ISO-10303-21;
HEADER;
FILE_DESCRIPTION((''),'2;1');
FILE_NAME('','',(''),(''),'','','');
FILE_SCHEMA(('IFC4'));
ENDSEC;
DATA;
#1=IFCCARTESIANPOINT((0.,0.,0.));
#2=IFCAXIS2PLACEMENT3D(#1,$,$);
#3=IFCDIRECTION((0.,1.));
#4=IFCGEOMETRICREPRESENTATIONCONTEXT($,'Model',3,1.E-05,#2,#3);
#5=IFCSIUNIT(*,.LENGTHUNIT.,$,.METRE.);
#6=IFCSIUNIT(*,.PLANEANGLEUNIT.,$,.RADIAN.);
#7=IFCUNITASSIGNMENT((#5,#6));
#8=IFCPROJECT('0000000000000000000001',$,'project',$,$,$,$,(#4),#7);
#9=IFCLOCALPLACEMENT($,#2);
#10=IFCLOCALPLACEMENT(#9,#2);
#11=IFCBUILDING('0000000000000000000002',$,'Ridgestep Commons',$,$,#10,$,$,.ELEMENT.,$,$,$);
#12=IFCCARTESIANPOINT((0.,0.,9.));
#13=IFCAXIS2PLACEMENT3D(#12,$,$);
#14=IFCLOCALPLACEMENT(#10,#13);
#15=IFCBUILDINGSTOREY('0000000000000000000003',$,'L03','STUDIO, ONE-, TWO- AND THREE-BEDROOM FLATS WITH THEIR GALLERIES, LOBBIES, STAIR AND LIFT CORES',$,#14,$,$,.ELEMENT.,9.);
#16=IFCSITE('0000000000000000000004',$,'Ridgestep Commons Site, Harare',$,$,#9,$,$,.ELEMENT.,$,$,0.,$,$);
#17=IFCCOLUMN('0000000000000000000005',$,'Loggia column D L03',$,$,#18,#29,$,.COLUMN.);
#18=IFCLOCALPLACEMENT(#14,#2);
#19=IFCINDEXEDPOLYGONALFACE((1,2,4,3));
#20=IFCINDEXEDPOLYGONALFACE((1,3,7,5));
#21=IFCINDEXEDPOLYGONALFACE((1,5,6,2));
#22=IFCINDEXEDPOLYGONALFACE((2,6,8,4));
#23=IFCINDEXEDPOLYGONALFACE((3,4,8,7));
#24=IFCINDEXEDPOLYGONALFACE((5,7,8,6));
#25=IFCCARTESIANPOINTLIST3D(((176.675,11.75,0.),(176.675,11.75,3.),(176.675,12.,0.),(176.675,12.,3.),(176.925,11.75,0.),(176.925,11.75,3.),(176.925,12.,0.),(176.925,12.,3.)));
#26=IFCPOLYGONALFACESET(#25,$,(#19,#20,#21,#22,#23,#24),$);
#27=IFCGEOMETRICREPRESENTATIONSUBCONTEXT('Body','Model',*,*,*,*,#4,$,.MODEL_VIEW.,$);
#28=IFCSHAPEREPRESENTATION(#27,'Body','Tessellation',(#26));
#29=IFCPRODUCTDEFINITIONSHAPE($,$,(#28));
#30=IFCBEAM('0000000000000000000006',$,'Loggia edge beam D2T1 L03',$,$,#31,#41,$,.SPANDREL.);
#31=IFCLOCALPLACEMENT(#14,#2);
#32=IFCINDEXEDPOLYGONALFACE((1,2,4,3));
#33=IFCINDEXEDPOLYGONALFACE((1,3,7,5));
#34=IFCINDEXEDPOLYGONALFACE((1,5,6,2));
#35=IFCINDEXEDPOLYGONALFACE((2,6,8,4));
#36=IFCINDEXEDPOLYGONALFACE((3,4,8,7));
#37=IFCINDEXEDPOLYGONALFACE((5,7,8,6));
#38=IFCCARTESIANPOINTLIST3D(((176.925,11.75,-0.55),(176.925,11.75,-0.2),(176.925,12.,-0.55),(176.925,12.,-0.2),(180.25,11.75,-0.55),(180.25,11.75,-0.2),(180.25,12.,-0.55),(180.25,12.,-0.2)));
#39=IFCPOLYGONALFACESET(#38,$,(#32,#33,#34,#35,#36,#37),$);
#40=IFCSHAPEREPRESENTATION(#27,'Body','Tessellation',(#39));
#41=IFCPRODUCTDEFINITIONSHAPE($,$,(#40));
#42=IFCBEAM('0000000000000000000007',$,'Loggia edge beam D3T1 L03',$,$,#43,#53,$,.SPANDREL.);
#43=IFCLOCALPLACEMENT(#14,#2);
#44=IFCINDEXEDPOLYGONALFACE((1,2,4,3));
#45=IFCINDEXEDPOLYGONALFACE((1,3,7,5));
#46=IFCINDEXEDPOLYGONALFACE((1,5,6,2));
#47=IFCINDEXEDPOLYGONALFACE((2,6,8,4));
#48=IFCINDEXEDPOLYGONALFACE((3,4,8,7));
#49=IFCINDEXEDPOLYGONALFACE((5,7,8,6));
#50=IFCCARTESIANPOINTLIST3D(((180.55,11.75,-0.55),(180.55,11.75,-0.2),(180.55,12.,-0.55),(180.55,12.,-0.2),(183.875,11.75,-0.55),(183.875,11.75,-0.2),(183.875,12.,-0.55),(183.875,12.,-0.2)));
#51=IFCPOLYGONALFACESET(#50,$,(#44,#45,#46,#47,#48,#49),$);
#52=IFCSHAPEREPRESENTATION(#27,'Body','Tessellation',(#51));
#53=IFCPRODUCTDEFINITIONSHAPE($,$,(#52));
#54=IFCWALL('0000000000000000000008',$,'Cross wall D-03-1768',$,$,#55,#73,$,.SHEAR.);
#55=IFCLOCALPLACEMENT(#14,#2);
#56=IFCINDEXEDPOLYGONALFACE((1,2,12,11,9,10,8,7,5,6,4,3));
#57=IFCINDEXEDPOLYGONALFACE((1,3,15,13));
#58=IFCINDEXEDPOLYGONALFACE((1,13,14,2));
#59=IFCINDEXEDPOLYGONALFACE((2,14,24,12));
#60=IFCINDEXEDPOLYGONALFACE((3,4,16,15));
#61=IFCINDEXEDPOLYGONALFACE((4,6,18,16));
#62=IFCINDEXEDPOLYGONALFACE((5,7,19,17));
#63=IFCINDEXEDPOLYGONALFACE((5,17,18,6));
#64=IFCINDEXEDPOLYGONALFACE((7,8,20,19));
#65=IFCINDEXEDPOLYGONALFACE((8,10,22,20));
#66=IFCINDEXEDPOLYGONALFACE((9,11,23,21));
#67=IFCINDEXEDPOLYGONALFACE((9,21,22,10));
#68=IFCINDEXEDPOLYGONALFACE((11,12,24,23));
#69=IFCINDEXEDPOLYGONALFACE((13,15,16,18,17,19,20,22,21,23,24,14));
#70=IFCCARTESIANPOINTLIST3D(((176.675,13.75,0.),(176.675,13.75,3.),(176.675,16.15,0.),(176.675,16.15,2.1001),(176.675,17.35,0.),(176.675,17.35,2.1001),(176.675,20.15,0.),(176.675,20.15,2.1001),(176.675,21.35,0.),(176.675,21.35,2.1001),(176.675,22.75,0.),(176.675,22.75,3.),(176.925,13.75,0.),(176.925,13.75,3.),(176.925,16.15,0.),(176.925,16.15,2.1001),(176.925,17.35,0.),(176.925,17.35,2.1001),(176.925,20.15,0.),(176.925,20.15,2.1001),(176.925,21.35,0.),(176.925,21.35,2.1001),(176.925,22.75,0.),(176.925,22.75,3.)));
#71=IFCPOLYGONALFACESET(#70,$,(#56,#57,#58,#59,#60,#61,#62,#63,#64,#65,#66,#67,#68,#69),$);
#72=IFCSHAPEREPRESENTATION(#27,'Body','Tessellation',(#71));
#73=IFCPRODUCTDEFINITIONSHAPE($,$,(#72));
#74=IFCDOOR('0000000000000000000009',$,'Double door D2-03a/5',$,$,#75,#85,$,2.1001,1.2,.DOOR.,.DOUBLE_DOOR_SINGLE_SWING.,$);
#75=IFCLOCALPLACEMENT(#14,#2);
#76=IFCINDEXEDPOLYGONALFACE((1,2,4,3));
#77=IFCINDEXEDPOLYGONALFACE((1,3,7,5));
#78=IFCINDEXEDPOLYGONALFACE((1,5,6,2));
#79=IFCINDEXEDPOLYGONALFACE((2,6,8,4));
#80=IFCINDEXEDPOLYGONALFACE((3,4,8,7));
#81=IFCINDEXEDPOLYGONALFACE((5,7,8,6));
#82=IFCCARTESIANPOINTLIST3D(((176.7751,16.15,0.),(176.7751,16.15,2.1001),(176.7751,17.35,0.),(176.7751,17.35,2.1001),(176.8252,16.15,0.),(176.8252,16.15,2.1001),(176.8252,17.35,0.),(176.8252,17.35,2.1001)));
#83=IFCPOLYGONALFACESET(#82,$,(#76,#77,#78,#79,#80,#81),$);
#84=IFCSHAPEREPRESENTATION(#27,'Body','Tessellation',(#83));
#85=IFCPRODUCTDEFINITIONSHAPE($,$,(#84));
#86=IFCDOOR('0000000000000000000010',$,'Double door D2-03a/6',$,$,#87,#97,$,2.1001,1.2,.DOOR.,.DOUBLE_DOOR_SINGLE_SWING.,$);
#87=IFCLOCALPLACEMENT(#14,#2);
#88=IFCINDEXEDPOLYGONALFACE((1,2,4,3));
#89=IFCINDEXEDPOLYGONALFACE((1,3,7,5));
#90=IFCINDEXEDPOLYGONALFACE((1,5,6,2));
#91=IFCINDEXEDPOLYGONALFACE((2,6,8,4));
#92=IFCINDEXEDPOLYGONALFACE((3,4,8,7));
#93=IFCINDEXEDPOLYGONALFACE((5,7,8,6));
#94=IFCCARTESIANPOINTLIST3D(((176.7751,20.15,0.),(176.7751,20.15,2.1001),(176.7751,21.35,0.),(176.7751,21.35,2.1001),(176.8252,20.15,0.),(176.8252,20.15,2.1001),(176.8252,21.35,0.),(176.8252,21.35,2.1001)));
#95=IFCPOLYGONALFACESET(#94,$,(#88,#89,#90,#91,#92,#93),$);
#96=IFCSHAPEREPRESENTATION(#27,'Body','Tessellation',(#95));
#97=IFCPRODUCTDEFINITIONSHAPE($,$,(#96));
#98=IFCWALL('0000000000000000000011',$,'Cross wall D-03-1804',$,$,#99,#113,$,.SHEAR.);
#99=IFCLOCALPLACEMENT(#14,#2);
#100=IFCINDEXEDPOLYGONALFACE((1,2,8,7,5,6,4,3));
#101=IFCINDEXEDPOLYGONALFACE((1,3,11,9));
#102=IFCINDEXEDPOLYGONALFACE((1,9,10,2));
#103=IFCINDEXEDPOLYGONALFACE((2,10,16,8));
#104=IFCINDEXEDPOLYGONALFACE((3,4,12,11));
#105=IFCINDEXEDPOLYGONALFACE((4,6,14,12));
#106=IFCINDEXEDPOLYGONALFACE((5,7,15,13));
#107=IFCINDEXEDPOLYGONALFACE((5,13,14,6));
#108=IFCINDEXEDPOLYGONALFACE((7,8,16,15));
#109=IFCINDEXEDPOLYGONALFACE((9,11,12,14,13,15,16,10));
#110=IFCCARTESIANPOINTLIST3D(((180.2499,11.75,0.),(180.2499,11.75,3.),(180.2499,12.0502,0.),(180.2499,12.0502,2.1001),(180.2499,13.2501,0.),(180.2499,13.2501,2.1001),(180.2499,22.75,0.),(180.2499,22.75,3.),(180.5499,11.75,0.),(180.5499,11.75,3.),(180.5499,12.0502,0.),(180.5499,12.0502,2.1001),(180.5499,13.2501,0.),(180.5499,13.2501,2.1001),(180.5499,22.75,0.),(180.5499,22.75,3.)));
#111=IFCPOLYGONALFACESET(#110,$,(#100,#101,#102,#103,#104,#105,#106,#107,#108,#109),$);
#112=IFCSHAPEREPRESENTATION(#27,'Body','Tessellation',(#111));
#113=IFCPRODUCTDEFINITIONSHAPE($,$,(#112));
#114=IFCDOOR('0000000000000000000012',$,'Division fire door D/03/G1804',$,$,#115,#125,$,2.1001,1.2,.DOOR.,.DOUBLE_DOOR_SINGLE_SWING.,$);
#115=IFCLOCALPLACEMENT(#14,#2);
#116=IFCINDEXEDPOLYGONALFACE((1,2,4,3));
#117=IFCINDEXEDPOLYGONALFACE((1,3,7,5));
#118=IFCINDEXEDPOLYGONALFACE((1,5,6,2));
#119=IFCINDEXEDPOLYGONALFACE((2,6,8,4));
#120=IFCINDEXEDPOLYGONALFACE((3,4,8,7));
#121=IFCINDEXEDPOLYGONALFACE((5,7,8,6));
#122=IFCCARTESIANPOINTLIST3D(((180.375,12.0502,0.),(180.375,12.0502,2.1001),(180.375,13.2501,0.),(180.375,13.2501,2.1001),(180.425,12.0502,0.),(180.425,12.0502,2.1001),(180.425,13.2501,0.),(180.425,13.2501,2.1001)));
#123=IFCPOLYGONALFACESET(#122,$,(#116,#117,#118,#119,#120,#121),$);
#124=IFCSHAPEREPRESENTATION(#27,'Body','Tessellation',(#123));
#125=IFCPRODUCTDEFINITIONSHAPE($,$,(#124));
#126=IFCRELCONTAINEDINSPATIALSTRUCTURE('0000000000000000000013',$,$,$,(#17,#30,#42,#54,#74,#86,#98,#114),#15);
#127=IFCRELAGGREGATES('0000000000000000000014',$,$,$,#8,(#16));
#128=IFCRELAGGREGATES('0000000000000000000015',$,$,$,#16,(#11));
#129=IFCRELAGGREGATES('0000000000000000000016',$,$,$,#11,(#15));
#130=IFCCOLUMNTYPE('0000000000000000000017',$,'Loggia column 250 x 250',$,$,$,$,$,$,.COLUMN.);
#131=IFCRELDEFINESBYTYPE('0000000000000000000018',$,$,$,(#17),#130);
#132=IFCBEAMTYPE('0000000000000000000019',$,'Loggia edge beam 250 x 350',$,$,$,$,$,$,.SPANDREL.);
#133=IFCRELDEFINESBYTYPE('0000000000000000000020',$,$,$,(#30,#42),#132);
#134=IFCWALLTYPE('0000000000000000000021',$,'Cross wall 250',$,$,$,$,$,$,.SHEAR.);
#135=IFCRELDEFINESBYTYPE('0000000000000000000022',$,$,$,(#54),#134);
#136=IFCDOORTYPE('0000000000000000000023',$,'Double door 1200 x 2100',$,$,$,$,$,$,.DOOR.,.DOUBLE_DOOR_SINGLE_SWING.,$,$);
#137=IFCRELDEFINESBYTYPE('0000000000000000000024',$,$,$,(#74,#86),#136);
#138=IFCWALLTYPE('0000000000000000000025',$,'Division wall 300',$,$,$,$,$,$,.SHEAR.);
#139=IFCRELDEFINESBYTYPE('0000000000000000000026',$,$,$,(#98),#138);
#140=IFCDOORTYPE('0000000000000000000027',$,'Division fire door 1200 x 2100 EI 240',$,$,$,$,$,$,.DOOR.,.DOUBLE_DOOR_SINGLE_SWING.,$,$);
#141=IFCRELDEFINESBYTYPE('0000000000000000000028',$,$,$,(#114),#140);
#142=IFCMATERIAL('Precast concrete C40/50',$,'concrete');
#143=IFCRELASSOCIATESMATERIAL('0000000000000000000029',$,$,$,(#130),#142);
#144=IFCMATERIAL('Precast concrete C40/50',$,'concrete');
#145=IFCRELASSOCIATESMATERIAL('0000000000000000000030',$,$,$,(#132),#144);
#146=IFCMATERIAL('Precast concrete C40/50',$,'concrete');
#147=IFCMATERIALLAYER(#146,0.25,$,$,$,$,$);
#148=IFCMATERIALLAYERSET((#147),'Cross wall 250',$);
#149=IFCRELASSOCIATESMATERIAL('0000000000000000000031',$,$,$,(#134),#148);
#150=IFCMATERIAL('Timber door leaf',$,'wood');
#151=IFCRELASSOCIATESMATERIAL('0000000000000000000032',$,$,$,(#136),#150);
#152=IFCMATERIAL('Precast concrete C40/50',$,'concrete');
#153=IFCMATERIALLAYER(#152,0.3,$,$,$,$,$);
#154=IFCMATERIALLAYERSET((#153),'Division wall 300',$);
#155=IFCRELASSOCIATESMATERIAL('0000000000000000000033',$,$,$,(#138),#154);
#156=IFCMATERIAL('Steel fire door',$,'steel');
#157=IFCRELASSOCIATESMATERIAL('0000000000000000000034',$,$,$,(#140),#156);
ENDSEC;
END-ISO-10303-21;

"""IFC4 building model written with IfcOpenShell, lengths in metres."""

from ifc_helpers import new_model, si_unit, direction, frame, frame_2d, origin, origin_2d, place, context, subcontext, project, spatial, rectangle, extrude, material, layer, layer_set, material_profile, profile_set, type_object, element, fill, save


model = new_model("IFC4")

# Units and contexts
model_context = context("Model", 3, precision=1e-05, world=origin(), true_north=direction((0.0, 1.0)))
body_context = subcontext(model_context, "Body", "Model", "MODEL_VIEW")
ifc_project = project(units=[si_unit("LENGTHUNIT", "METRE"), si_unit("PLANEANGLEUNIT", "RADIAN")], contexts=[model_context])

# Site, building, storey
site_placement = place(None, origin())
site = spatial("IfcSite", under=ifc_project, at=site_placement, Name="Ridgestep Commons Site, Harare", CompositionType="ELEMENT", RefElevation=0.0)
building_placement = place(site_placement, origin())
building = spatial("IfcBuilding", under=site, at=building_placement, Name="Ridgestep Commons", CompositionType="ELEMENT")
storey_placement = place(building_placement, frame((0.0, 0.0, 9.0)))
storey = spatial("IfcBuildingStorey", under=building, at=storey_placement, Name="L03", Description="STUDIO, ONE-, TWO- AND THREE-BEDROOM FLATS WITH THEIR GALLERIES, LOBBIES, STAIR AND LIFT CORES", CompositionType="ELEMENT", Elevation=9.0)

# Column
ifc_material_1 = material(Name="Precast concrete C40/50", Category="concrete")
ifc_material_profile_1 = material_profile(ifc_material_1, rectangle(XDim=0.25, YDim=0.25, at=origin_2d()), Name="PC 250x250")
ifc_profile_set_1 = profile_set([ifc_material_profile_1], Name="Precast concrete C40/50")
column_type = type_object("IfcColumnType", Name="Loggia column 250 x 250", PredefinedType="COLUMN", material=ifc_profile_set_1)
column_placement = place(storey_placement, frame((176.8, 11.875, 0.0), z_axis=(0.0, 0.0, 1.0), x_axis=(1.0, 0.0, 0.0)))
element("IfcColumn", 1, at=column_placement, inside=storey, type_object=column_type, Name="Loggia column D L03", PredefinedType="COLUMN", context=body_context, shape_type="SweptSolid", body=[
    extrude(rectangle(XDim=0.25, YDim=0.25, at=origin_2d()), origin(), (0.0, 0.0, 1.0), 3.0),
])

# Beams
ifc_material_2 = material(Name="Precast concrete C40/50", Category="concrete")
ifc_material_profile_2 = material_profile(ifc_material_2, rectangle(XDim=0.25, YDim=0.3501, at=origin_2d()), Name="PC 250x350")
ifc_profile_set_2 = profile_set([ifc_material_profile_2], Name="Precast concrete C40/50")
beam_type = type_object("IfcBeamType", Name="Loggia edge beam 250 x 350", PredefinedType="SPANDREL", material=ifc_profile_set_2)
for number, where, z_axis, x_axis, name in (
    (2, (176.925, 11.875, -0.375), (1.0, 0.0, 0.0), (0.0, 1.0, 0.0), "Loggia edge beam D2T1 L03"),
    (3, (180.55, 11.875, -0.375), (1.0, 0.0, 0.0), (0.0, 1.0, 0.0), "Loggia edge beam D3T1 L03"),
):
    element("IfcBeam", number, at=place(storey_placement, frame(where, z_axis=z_axis, x_axis=x_axis)), inside=storey, type_object=beam_type, Name=name, PredefinedType="SPANDREL", context=body_context, shape_type="SweptSolid", body=[
        extrude(rectangle(XDim=0.25, YDim=0.3501, at=origin_2d()), origin(), (0.0, 0.0, 1.0), 3.325),
    ])

# Wall, openings, doors
ifc_material_3 = material(Name="Precast concrete C40/50", Category="concrete")
ifc_layer_1 = layer(ifc_material_3, 0.25)
ifc_layer_set_1 = layer_set([ifc_layer_1], Name="Cross wall 250")
wall_type_1 = type_object("IfcWallType", Name="Cross wall 250", PredefinedType="SHEAR", material=ifc_layer_set_1)
wall_1_placement = place(storey_placement, frame((176.8, 13.75, 0.0), z_axis=(0.0, 0.0, 1.0), x_axis=(0.0, 1.0, 0.0)))
wall_1 = element("IfcWall", 4, at=wall_1_placement, inside=storey, type_object=wall_type_1, Name="Cross wall D-03-1768", PredefinedType="SHEAR", context=body_context, shape_type="SweptSolid", body=[
    extrude(rectangle(XDim=9.0, YDim=0.25, at=frame_2d((4.5, 0.0))), origin(), (0.0, 0.0, 1.0), 3.0),
])
opening_1_placement = place(wall_1_placement, frame((2.3999, 0.0, 0.0)))
opening_1 = element("IfcOpeningElement", 5, at=opening_1_placement, cuts=wall_1, PredefinedType="OPENING", context=body_context, shape_type="SweptSolid", body=[
    extrude(rectangle(XDim=1.2, YDim=2.1001, at=frame_2d((0.6001, 1.05))), frame((0.0, 0.135, 0.0), z_axis=(0.0, -1.0, 0.0), x_axis=(1.0, 0.0, 0.0)), (0.0, 0.0, 1.0), 0.27),
])
opening_2_placement = place(wall_1_placement, frame((6.3999, 0.0, 0.0)))
opening_2 = element("IfcOpeningElement", 6, at=opening_2_placement, cuts=wall_1, PredefinedType="OPENING", context=body_context, shape_type="SweptSolid", body=[
    extrude(rectangle(XDim=1.2, YDim=2.1001, at=frame_2d((0.6001, 1.05))), frame((0.0, 0.135, 0.0), z_axis=(0.0, -1.0, 0.0), x_axis=(1.0, 0.0, 0.0)), (0.0, 0.0, 1.0), 0.27),
])
ifc_material_4 = material(Name="Timber door leaf", Category="wood")
door_type_1 = type_object("IfcDoorType", Name="Double door 1200 x 2100", OperationType="DOUBLE_DOOR_SINGLE_SWING", PredefinedType="DOOR", material=ifc_material_4)
door_1_placement = place(opening_1_placement, origin())
door_1 = element("IfcDoor", 7, at=door_1_placement, inside=storey, type_object=door_type_1, Name="Double door D2-03a/5", OperationType="DOUBLE_DOOR_SINGLE_SWING", OverallHeight=2.1001, OverallWidth=1.2, PredefinedType="DOOR", context=body_context, shape_type="SweptSolid", body=[
    extrude(rectangle(XDim=1.2, YDim=2.1001, at=frame_2d((0.6001, 1.05))), frame((0.0, 0.0249, 0.0), z_axis=(0.0, -1.0, 0.0), x_axis=(1.0, 0.0, 0.0)), (0.0, 0.0, 1.0), 0.05),
])
fill(opening_1, door_1)
door_2_placement = place(opening_2_placement, origin())
door_2 = element("IfcDoor", 8, at=door_2_placement, inside=storey, type_object=door_type_1, Name="Double door D2-03a/6", OperationType="DOUBLE_DOOR_SINGLE_SWING", OverallHeight=2.1001, OverallWidth=1.2, PredefinedType="DOOR", context=body_context, shape_type="SweptSolid", body=[
    extrude(rectangle(XDim=1.2, YDim=2.1001, at=frame_2d((0.6001, 1.05))), frame((0.0, 0.0249, 0.0), z_axis=(0.0, -1.0, 0.0), x_axis=(1.0, 0.0, 0.0)), (0.0, 0.0, 1.0), 0.05),
])
fill(opening_2, door_2)

# Wall, opening, door
ifc_material_5 = material(Name="Precast concrete C40/50", Category="concrete")
ifc_layer_2 = layer(ifc_material_5, 0.3)
ifc_layer_set_2 = layer_set([ifc_layer_2], Name="Division wall 300")
wall_type_2 = type_object("IfcWallType", Name="Division wall 300", PredefinedType="SHEAR", material=ifc_layer_set_2)
wall_2_placement = place(storey_placement, frame((180.3999, 11.75, 0.0), z_axis=(0.0, 0.0, 1.0), x_axis=(0.0, 1.0, 0.0)))
wall_2 = element("IfcWall", 9, at=wall_2_placement, inside=storey, type_object=wall_type_2, Name="Cross wall D-03-1804", PredefinedType="SHEAR", context=body_context, shape_type="SweptSolid", body=[
    extrude(rectangle(XDim=11.0, YDim=0.3, at=frame_2d((5.5, 0.0))), origin(), (0.0, 0.0, 1.0), 3.0),
])
opening_3_placement = place(wall_2_placement, frame((0.3, 0.0, 0.0)))
opening_3 = element("IfcOpeningElement", 10, at=opening_3_placement, cuts=wall_2, PredefinedType="OPENING", context=body_context, shape_type="SweptSolid", body=[
    extrude(rectangle(XDim=1.2, YDim=2.1001, at=frame_2d((0.6001, 1.05))), frame((0.0, 0.1599, 0.0), z_axis=(0.0, -1.0, 0.0), x_axis=(1.0, 0.0, 0.0)), (0.0, 0.0, 1.0), 0.3201),
])
ifc_material_6 = material(Name="Steel fire door", Category="steel")
door_type_2 = type_object("IfcDoorType", Name="Division fire door 1200 x 2100 EI 240", OperationType="DOUBLE_DOOR_SINGLE_SWING", PredefinedType="DOOR", material=ifc_material_6)
door_3_placement = place(opening_3_placement, origin())
door_3 = element("IfcDoor", 11, at=door_3_placement, inside=storey, type_object=door_type_2, Name="Division fire door D/03/G1804", OperationType="DOUBLE_DOOR_SINGLE_SWING", OverallHeight=2.1001, OverallWidth=1.2, PredefinedType="DOOR", context=body_context, shape_type="SweptSolid", body=[
    extrude(rectangle(XDim=1.2, YDim=2.1001, at=frame_2d((0.6001, 1.05))), frame((0.0, 0.0249, 0.0), z_axis=(0.0, -1.0, 0.0), x_axis=(1.0, 0.0, 0.0)), (0.0, 0.0, 1.0), 0.05),
])
fill(opening_3, door_3)

save(model, "model.ifc")
